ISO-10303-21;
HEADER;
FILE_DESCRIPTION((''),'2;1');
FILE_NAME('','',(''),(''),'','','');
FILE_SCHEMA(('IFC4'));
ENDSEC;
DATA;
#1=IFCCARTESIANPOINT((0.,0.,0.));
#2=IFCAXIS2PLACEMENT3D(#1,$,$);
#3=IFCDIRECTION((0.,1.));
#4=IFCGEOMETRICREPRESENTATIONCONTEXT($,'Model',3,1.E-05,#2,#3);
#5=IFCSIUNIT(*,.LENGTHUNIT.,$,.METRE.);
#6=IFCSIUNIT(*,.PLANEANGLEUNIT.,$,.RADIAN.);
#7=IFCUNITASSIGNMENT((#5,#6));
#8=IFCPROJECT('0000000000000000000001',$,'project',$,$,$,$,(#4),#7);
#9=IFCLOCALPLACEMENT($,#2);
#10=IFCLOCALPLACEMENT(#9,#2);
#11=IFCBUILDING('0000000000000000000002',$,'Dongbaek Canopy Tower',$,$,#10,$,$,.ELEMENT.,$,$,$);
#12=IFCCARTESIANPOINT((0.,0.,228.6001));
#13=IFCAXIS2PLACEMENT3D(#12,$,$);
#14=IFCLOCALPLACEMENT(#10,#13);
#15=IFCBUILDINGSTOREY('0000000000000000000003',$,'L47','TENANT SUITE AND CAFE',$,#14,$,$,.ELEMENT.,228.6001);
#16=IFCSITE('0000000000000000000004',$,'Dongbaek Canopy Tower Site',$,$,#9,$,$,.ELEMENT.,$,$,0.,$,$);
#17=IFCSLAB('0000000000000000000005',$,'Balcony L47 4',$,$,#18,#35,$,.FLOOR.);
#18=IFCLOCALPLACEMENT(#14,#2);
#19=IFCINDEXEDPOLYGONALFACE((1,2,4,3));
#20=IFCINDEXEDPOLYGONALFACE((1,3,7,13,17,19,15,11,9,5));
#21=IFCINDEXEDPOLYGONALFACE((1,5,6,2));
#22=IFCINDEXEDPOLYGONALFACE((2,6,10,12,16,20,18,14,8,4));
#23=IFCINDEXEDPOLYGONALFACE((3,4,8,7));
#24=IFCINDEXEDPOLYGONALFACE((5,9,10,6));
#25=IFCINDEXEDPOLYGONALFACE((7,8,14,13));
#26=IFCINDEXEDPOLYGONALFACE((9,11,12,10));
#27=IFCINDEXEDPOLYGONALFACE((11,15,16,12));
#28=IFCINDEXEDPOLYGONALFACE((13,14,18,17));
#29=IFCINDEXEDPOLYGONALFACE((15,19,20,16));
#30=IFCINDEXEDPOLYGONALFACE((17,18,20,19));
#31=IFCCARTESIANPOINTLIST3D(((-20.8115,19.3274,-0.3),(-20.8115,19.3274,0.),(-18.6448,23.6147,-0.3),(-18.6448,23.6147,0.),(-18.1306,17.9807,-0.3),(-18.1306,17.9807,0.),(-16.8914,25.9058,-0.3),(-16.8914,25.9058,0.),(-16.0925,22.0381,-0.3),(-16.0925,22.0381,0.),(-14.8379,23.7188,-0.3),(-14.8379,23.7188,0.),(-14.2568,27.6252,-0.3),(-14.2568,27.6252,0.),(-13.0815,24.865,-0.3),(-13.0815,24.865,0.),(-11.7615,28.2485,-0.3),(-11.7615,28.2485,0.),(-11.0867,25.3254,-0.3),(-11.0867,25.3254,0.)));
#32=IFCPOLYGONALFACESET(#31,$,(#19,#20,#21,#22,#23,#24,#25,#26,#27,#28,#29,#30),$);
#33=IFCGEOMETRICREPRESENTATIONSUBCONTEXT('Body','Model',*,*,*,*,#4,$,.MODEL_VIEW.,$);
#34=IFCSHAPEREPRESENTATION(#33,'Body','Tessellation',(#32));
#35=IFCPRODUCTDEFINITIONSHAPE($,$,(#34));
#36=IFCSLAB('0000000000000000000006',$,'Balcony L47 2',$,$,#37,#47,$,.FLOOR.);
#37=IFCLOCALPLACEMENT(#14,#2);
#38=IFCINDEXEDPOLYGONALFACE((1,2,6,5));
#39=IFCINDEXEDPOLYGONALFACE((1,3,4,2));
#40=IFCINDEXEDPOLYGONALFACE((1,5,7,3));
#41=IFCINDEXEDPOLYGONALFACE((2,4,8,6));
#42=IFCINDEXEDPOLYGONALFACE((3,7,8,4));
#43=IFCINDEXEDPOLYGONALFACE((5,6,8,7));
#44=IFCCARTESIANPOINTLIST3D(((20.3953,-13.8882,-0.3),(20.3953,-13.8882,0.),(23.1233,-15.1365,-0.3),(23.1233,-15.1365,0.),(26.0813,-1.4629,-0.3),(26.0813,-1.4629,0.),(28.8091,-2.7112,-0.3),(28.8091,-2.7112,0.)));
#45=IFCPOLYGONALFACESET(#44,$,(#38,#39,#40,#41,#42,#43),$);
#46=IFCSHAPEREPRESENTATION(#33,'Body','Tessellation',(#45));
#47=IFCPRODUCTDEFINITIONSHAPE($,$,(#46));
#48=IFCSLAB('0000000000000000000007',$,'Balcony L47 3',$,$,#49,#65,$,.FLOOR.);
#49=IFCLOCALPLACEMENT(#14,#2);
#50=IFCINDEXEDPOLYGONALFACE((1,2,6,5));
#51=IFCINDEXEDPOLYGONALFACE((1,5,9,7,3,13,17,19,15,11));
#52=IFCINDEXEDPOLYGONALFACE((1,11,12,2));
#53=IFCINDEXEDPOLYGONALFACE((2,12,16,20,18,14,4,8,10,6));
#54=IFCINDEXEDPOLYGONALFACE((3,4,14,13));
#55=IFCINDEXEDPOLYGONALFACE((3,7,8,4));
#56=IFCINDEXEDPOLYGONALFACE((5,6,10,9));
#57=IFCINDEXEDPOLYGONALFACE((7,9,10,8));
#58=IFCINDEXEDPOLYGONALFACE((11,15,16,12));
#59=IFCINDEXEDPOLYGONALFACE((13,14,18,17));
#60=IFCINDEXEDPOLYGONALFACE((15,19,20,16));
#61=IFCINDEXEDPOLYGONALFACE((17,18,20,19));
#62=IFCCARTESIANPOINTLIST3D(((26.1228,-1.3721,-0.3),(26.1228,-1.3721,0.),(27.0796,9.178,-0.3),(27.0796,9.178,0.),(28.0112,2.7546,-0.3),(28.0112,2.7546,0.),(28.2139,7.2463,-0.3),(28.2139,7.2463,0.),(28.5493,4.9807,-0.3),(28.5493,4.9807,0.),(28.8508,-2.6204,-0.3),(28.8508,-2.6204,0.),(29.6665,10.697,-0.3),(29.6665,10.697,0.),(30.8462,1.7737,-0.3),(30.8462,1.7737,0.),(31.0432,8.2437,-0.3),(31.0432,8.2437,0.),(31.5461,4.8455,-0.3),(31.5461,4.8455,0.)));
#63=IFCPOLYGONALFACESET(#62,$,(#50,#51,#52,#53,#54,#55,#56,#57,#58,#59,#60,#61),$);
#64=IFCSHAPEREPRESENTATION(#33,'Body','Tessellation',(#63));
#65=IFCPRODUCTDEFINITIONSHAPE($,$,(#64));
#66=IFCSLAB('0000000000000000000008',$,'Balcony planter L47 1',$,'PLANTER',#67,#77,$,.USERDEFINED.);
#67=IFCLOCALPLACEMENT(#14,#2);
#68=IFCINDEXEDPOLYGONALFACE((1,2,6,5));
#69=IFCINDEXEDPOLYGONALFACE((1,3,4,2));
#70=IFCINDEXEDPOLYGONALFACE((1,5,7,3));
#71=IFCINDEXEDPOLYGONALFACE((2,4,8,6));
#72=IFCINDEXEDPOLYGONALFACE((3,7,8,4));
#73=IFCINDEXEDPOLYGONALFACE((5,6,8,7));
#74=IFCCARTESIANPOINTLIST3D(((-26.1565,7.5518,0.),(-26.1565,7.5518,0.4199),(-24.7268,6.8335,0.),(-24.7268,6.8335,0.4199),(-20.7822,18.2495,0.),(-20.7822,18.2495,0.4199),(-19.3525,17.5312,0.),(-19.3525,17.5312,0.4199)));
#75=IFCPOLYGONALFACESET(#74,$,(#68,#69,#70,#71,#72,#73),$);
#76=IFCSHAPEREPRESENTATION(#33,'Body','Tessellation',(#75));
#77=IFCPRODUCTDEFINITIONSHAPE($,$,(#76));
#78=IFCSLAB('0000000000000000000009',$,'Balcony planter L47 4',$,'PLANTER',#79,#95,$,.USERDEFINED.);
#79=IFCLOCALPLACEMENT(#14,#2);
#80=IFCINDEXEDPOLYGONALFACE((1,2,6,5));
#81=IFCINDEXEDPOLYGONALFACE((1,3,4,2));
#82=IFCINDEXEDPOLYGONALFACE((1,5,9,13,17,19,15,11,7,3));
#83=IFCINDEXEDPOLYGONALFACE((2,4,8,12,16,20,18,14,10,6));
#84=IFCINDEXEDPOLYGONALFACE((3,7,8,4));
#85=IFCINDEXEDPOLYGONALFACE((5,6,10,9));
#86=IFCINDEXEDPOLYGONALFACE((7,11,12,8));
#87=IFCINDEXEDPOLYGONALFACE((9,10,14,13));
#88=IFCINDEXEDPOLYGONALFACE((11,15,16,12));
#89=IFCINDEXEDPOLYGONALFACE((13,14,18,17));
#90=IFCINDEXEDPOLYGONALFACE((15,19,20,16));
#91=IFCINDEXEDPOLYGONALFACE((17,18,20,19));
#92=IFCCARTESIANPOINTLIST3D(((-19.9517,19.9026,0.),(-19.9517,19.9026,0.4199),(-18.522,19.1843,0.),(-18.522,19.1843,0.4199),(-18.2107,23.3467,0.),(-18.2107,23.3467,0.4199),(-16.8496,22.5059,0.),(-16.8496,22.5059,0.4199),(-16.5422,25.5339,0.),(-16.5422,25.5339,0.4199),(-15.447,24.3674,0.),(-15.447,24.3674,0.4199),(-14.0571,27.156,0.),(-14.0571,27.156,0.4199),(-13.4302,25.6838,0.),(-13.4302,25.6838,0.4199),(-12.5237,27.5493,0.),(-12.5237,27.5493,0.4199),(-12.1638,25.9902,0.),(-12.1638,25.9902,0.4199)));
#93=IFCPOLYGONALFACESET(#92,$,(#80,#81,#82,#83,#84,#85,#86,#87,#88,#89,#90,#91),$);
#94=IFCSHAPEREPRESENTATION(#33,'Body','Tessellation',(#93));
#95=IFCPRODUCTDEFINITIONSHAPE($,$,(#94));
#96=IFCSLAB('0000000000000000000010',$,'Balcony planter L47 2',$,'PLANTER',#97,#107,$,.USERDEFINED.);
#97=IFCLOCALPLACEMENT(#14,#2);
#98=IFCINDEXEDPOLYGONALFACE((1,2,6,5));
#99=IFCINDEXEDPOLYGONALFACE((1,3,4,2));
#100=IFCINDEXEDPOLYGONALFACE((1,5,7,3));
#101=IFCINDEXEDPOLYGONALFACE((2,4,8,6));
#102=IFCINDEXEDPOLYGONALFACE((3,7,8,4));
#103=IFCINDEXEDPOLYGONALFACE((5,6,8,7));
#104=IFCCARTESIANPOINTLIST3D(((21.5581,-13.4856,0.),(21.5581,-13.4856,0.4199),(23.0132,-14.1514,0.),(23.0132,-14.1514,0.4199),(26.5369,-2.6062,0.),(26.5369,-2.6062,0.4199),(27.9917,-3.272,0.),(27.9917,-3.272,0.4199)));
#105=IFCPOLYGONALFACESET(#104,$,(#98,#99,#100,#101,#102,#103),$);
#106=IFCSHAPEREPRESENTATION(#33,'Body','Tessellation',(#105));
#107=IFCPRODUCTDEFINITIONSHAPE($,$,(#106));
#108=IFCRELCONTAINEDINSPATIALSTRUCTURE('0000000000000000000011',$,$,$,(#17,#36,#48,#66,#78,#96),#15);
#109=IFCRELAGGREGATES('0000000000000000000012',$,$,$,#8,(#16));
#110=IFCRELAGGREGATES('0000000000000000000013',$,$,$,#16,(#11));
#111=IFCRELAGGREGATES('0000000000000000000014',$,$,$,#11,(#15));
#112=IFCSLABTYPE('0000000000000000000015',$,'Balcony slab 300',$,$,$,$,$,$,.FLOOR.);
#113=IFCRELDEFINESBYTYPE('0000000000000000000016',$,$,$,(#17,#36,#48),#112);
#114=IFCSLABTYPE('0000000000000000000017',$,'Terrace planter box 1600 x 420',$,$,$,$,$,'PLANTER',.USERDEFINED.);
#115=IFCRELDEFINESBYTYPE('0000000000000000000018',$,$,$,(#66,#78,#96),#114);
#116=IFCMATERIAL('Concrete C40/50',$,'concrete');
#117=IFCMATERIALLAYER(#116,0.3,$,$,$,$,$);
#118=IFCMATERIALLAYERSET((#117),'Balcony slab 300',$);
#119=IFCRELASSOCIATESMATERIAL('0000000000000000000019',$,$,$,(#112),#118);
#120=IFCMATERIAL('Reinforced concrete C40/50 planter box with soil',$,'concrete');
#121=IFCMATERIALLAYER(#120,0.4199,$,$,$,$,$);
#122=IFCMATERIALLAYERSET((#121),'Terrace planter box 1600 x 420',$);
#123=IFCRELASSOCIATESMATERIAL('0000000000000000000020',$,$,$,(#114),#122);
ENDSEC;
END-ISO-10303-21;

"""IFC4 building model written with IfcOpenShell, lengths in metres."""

from ifc_helpers import new_model, si_unit, direction, frame, origin, place, context, subcontext, project, spatial, polyline, outline, extrude, material, layer, layer_set, type_object, element, save


model = new_model("IFC4")

# Units and contexts
model_context = context("Model", 3, precision=1e-05, world=origin(), true_north=direction((0.0, 1.0)))
body_context = subcontext(model_context, "Body", "Model", "MODEL_VIEW")
ifc_project = project(units=[si_unit("LENGTHUNIT", "METRE"), si_unit("PLANEANGLEUNIT", "RADIAN")], contexts=[model_context])

# Site, building, storey
site_placement = place(None, origin())
site = spatial("IfcSite", under=ifc_project, at=site_placement, Name="Dongbaek Canopy Tower Site", CompositionType="ELEMENT", RefElevation=0.0)
building_placement = place(site_placement, origin())
building = spatial("IfcBuilding", under=site, at=building_placement, Name="Dongbaek Canopy Tower", CompositionType="ELEMENT")
storey_placement = place(building_placement, frame((0.0, 0.0, 228.6001)))
storey = spatial("IfcBuildingStorey", under=building, at=storey_placement, Name="L47", Description="TENANT SUITE AND CAFE", CompositionType="ELEMENT", Elevation=228.6001)

# Slabs
ifc_material_1 = material(Name="Concrete C40/50", Category="concrete")
ifc_layer_1 = layer(ifc_material_1, 0.3)
ifc_layer_set_1 = layer_set([ifc_layer_1], Name="Balcony slab 300")
slab_type_1 = type_object("IfcSlabType", Name="Balcony slab 300", PredefinedType="FLOOR", material=ifc_layer_set_1)
slab_1_placement = place(storey_placement, frame((0.0, 0.0, -0.3)))
element("IfcSlab", 1, at=slab_1_placement, inside=storey, type_object=slab_type_1, Name="Balcony L47 4", PredefinedType="FLOOR", context=body_context, shape_type="SweptSolid", body=[
    extrude(outline(polyline([(-11.0867, 25.3254), (-13.0815, 24.865), (-14.8379, 23.7188), (-16.0925, 22.0381), (-18.1306, 17.9807), (-20.8115, 19.3274), (-18.6448, 23.6147), (-16.8914, 25.9058), (-14.2568, 27.6252), (-11.7615, 28.2485), (-11.0867, 25.3254)])), origin(), (0.0, 0.0, 1.0), 0.3),
])
slab_2_placement = place(storey_placement, frame((0.0, 0.0, -0.3)))
element("IfcSlab", 2, at=slab_2_placement, inside=storey, type_object=slab_type_1, Name="Balcony L47 2", PredefinedType="FLOOR", context=body_context, shape_type="SweptSolid", body=[
    extrude(outline(polyline([(20.3953, -13.8882), (26.0813, -1.4629), (28.8091, -2.7112), (23.1233, -15.1365), (20.3953, -13.8882)])), origin(), (0.0, 0.0, 1.0), 0.3),
])
slab_3_placement = place(storey_placement, frame((0.0, 0.0, -0.3)))
element("IfcSlab", 3, at=slab_3_placement, inside=storey, type_object=slab_type_1, Name="Balcony L47 3", PredefinedType="FLOOR", context=body_context, shape_type="SweptSolid", body=[
    extrude(outline(polyline([(26.1228, -1.3721), (28.0112, 2.7546), (28.5493, 4.9807), (28.2139, 7.2463), (27.0796, 9.178), (29.6665, 10.697), (31.0432, 8.2437), (31.5461, 4.8455), (30.8462, 1.7737), (28.8508, -2.6204), (26.1228, -1.3721)])), origin(), (0.0, 0.0, 1.0), 0.3),
])
ifc_material_2 = material(Name="Reinforced concrete C40/50 planter box with soil", Category="concrete")
ifc_layer_2 = layer(ifc_material_2, 0.4199)
ifc_layer_set_2 = layer_set([ifc_layer_2], Name="Terrace planter box 1600 x 420")
slab_type_2 = type_object("IfcSlabType", Name="Terrace planter box 1600 x 420", ElementType="PLANTER", PredefinedType="USERDEFINED", material=ifc_layer_set_2)
slab_4_placement = place(storey_placement, origin())
element("IfcSlab", 4, at=slab_4_placement, inside=storey, type_object=slab_type_2, Name="Balcony planter L47 1", ObjectType="PLANTER", PredefinedType="USERDEFINED", context=body_context, shape_type="SweptSolid", body=[
    extrude(outline(polyline([(-19.3525, 17.5312), (-24.7268, 6.8335), (-26.1565, 7.5518), (-20.7822, 18.2495), (-19.3525, 17.5312)])), origin(), (0.0, 0.0, 1.0), 0.4199),
])
slab_5_placement = place(storey_placement, origin())
element("IfcSlab", 5, at=slab_5_placement, inside=storey, type_object=slab_type_2, Name="Balcony planter L47 4", ObjectType="PLANTER", PredefinedType="USERDEFINED", context=body_context, shape_type="SweptSolid", body=[
    extrude(outline(polyline([(-12.1638, 25.9902), (-13.4302, 25.6838), (-15.447, 24.3674), (-16.8496, 22.5059), (-18.522, 19.1843), (-19.9517, 19.9026), (-18.2107, 23.3467), (-16.5422, 25.5339), (-14.0571, 27.156), (-12.5237, 27.5493), (-12.1638, 25.9902)])), origin(), (0.0, 0.0, 1.0), 0.4199),
])
slab_6_placement = place(storey_placement, origin())
element("IfcSlab", 6, at=slab_6_placement, inside=storey, type_object=slab_type_2, Name="Balcony planter L47 2", ObjectType="PLANTER", PredefinedType="USERDEFINED", context=body_context, shape_type="SweptSolid", body=[
    extrude(outline(polyline([(21.5581, -13.4856), (26.5369, -2.6062), (27.9917, -3.272), (23.0132, -14.1514), (21.5581, -13.4856)])), origin(), (0.0, 0.0, 1.0), 0.4199),
])

save(model, "model.ifc")
